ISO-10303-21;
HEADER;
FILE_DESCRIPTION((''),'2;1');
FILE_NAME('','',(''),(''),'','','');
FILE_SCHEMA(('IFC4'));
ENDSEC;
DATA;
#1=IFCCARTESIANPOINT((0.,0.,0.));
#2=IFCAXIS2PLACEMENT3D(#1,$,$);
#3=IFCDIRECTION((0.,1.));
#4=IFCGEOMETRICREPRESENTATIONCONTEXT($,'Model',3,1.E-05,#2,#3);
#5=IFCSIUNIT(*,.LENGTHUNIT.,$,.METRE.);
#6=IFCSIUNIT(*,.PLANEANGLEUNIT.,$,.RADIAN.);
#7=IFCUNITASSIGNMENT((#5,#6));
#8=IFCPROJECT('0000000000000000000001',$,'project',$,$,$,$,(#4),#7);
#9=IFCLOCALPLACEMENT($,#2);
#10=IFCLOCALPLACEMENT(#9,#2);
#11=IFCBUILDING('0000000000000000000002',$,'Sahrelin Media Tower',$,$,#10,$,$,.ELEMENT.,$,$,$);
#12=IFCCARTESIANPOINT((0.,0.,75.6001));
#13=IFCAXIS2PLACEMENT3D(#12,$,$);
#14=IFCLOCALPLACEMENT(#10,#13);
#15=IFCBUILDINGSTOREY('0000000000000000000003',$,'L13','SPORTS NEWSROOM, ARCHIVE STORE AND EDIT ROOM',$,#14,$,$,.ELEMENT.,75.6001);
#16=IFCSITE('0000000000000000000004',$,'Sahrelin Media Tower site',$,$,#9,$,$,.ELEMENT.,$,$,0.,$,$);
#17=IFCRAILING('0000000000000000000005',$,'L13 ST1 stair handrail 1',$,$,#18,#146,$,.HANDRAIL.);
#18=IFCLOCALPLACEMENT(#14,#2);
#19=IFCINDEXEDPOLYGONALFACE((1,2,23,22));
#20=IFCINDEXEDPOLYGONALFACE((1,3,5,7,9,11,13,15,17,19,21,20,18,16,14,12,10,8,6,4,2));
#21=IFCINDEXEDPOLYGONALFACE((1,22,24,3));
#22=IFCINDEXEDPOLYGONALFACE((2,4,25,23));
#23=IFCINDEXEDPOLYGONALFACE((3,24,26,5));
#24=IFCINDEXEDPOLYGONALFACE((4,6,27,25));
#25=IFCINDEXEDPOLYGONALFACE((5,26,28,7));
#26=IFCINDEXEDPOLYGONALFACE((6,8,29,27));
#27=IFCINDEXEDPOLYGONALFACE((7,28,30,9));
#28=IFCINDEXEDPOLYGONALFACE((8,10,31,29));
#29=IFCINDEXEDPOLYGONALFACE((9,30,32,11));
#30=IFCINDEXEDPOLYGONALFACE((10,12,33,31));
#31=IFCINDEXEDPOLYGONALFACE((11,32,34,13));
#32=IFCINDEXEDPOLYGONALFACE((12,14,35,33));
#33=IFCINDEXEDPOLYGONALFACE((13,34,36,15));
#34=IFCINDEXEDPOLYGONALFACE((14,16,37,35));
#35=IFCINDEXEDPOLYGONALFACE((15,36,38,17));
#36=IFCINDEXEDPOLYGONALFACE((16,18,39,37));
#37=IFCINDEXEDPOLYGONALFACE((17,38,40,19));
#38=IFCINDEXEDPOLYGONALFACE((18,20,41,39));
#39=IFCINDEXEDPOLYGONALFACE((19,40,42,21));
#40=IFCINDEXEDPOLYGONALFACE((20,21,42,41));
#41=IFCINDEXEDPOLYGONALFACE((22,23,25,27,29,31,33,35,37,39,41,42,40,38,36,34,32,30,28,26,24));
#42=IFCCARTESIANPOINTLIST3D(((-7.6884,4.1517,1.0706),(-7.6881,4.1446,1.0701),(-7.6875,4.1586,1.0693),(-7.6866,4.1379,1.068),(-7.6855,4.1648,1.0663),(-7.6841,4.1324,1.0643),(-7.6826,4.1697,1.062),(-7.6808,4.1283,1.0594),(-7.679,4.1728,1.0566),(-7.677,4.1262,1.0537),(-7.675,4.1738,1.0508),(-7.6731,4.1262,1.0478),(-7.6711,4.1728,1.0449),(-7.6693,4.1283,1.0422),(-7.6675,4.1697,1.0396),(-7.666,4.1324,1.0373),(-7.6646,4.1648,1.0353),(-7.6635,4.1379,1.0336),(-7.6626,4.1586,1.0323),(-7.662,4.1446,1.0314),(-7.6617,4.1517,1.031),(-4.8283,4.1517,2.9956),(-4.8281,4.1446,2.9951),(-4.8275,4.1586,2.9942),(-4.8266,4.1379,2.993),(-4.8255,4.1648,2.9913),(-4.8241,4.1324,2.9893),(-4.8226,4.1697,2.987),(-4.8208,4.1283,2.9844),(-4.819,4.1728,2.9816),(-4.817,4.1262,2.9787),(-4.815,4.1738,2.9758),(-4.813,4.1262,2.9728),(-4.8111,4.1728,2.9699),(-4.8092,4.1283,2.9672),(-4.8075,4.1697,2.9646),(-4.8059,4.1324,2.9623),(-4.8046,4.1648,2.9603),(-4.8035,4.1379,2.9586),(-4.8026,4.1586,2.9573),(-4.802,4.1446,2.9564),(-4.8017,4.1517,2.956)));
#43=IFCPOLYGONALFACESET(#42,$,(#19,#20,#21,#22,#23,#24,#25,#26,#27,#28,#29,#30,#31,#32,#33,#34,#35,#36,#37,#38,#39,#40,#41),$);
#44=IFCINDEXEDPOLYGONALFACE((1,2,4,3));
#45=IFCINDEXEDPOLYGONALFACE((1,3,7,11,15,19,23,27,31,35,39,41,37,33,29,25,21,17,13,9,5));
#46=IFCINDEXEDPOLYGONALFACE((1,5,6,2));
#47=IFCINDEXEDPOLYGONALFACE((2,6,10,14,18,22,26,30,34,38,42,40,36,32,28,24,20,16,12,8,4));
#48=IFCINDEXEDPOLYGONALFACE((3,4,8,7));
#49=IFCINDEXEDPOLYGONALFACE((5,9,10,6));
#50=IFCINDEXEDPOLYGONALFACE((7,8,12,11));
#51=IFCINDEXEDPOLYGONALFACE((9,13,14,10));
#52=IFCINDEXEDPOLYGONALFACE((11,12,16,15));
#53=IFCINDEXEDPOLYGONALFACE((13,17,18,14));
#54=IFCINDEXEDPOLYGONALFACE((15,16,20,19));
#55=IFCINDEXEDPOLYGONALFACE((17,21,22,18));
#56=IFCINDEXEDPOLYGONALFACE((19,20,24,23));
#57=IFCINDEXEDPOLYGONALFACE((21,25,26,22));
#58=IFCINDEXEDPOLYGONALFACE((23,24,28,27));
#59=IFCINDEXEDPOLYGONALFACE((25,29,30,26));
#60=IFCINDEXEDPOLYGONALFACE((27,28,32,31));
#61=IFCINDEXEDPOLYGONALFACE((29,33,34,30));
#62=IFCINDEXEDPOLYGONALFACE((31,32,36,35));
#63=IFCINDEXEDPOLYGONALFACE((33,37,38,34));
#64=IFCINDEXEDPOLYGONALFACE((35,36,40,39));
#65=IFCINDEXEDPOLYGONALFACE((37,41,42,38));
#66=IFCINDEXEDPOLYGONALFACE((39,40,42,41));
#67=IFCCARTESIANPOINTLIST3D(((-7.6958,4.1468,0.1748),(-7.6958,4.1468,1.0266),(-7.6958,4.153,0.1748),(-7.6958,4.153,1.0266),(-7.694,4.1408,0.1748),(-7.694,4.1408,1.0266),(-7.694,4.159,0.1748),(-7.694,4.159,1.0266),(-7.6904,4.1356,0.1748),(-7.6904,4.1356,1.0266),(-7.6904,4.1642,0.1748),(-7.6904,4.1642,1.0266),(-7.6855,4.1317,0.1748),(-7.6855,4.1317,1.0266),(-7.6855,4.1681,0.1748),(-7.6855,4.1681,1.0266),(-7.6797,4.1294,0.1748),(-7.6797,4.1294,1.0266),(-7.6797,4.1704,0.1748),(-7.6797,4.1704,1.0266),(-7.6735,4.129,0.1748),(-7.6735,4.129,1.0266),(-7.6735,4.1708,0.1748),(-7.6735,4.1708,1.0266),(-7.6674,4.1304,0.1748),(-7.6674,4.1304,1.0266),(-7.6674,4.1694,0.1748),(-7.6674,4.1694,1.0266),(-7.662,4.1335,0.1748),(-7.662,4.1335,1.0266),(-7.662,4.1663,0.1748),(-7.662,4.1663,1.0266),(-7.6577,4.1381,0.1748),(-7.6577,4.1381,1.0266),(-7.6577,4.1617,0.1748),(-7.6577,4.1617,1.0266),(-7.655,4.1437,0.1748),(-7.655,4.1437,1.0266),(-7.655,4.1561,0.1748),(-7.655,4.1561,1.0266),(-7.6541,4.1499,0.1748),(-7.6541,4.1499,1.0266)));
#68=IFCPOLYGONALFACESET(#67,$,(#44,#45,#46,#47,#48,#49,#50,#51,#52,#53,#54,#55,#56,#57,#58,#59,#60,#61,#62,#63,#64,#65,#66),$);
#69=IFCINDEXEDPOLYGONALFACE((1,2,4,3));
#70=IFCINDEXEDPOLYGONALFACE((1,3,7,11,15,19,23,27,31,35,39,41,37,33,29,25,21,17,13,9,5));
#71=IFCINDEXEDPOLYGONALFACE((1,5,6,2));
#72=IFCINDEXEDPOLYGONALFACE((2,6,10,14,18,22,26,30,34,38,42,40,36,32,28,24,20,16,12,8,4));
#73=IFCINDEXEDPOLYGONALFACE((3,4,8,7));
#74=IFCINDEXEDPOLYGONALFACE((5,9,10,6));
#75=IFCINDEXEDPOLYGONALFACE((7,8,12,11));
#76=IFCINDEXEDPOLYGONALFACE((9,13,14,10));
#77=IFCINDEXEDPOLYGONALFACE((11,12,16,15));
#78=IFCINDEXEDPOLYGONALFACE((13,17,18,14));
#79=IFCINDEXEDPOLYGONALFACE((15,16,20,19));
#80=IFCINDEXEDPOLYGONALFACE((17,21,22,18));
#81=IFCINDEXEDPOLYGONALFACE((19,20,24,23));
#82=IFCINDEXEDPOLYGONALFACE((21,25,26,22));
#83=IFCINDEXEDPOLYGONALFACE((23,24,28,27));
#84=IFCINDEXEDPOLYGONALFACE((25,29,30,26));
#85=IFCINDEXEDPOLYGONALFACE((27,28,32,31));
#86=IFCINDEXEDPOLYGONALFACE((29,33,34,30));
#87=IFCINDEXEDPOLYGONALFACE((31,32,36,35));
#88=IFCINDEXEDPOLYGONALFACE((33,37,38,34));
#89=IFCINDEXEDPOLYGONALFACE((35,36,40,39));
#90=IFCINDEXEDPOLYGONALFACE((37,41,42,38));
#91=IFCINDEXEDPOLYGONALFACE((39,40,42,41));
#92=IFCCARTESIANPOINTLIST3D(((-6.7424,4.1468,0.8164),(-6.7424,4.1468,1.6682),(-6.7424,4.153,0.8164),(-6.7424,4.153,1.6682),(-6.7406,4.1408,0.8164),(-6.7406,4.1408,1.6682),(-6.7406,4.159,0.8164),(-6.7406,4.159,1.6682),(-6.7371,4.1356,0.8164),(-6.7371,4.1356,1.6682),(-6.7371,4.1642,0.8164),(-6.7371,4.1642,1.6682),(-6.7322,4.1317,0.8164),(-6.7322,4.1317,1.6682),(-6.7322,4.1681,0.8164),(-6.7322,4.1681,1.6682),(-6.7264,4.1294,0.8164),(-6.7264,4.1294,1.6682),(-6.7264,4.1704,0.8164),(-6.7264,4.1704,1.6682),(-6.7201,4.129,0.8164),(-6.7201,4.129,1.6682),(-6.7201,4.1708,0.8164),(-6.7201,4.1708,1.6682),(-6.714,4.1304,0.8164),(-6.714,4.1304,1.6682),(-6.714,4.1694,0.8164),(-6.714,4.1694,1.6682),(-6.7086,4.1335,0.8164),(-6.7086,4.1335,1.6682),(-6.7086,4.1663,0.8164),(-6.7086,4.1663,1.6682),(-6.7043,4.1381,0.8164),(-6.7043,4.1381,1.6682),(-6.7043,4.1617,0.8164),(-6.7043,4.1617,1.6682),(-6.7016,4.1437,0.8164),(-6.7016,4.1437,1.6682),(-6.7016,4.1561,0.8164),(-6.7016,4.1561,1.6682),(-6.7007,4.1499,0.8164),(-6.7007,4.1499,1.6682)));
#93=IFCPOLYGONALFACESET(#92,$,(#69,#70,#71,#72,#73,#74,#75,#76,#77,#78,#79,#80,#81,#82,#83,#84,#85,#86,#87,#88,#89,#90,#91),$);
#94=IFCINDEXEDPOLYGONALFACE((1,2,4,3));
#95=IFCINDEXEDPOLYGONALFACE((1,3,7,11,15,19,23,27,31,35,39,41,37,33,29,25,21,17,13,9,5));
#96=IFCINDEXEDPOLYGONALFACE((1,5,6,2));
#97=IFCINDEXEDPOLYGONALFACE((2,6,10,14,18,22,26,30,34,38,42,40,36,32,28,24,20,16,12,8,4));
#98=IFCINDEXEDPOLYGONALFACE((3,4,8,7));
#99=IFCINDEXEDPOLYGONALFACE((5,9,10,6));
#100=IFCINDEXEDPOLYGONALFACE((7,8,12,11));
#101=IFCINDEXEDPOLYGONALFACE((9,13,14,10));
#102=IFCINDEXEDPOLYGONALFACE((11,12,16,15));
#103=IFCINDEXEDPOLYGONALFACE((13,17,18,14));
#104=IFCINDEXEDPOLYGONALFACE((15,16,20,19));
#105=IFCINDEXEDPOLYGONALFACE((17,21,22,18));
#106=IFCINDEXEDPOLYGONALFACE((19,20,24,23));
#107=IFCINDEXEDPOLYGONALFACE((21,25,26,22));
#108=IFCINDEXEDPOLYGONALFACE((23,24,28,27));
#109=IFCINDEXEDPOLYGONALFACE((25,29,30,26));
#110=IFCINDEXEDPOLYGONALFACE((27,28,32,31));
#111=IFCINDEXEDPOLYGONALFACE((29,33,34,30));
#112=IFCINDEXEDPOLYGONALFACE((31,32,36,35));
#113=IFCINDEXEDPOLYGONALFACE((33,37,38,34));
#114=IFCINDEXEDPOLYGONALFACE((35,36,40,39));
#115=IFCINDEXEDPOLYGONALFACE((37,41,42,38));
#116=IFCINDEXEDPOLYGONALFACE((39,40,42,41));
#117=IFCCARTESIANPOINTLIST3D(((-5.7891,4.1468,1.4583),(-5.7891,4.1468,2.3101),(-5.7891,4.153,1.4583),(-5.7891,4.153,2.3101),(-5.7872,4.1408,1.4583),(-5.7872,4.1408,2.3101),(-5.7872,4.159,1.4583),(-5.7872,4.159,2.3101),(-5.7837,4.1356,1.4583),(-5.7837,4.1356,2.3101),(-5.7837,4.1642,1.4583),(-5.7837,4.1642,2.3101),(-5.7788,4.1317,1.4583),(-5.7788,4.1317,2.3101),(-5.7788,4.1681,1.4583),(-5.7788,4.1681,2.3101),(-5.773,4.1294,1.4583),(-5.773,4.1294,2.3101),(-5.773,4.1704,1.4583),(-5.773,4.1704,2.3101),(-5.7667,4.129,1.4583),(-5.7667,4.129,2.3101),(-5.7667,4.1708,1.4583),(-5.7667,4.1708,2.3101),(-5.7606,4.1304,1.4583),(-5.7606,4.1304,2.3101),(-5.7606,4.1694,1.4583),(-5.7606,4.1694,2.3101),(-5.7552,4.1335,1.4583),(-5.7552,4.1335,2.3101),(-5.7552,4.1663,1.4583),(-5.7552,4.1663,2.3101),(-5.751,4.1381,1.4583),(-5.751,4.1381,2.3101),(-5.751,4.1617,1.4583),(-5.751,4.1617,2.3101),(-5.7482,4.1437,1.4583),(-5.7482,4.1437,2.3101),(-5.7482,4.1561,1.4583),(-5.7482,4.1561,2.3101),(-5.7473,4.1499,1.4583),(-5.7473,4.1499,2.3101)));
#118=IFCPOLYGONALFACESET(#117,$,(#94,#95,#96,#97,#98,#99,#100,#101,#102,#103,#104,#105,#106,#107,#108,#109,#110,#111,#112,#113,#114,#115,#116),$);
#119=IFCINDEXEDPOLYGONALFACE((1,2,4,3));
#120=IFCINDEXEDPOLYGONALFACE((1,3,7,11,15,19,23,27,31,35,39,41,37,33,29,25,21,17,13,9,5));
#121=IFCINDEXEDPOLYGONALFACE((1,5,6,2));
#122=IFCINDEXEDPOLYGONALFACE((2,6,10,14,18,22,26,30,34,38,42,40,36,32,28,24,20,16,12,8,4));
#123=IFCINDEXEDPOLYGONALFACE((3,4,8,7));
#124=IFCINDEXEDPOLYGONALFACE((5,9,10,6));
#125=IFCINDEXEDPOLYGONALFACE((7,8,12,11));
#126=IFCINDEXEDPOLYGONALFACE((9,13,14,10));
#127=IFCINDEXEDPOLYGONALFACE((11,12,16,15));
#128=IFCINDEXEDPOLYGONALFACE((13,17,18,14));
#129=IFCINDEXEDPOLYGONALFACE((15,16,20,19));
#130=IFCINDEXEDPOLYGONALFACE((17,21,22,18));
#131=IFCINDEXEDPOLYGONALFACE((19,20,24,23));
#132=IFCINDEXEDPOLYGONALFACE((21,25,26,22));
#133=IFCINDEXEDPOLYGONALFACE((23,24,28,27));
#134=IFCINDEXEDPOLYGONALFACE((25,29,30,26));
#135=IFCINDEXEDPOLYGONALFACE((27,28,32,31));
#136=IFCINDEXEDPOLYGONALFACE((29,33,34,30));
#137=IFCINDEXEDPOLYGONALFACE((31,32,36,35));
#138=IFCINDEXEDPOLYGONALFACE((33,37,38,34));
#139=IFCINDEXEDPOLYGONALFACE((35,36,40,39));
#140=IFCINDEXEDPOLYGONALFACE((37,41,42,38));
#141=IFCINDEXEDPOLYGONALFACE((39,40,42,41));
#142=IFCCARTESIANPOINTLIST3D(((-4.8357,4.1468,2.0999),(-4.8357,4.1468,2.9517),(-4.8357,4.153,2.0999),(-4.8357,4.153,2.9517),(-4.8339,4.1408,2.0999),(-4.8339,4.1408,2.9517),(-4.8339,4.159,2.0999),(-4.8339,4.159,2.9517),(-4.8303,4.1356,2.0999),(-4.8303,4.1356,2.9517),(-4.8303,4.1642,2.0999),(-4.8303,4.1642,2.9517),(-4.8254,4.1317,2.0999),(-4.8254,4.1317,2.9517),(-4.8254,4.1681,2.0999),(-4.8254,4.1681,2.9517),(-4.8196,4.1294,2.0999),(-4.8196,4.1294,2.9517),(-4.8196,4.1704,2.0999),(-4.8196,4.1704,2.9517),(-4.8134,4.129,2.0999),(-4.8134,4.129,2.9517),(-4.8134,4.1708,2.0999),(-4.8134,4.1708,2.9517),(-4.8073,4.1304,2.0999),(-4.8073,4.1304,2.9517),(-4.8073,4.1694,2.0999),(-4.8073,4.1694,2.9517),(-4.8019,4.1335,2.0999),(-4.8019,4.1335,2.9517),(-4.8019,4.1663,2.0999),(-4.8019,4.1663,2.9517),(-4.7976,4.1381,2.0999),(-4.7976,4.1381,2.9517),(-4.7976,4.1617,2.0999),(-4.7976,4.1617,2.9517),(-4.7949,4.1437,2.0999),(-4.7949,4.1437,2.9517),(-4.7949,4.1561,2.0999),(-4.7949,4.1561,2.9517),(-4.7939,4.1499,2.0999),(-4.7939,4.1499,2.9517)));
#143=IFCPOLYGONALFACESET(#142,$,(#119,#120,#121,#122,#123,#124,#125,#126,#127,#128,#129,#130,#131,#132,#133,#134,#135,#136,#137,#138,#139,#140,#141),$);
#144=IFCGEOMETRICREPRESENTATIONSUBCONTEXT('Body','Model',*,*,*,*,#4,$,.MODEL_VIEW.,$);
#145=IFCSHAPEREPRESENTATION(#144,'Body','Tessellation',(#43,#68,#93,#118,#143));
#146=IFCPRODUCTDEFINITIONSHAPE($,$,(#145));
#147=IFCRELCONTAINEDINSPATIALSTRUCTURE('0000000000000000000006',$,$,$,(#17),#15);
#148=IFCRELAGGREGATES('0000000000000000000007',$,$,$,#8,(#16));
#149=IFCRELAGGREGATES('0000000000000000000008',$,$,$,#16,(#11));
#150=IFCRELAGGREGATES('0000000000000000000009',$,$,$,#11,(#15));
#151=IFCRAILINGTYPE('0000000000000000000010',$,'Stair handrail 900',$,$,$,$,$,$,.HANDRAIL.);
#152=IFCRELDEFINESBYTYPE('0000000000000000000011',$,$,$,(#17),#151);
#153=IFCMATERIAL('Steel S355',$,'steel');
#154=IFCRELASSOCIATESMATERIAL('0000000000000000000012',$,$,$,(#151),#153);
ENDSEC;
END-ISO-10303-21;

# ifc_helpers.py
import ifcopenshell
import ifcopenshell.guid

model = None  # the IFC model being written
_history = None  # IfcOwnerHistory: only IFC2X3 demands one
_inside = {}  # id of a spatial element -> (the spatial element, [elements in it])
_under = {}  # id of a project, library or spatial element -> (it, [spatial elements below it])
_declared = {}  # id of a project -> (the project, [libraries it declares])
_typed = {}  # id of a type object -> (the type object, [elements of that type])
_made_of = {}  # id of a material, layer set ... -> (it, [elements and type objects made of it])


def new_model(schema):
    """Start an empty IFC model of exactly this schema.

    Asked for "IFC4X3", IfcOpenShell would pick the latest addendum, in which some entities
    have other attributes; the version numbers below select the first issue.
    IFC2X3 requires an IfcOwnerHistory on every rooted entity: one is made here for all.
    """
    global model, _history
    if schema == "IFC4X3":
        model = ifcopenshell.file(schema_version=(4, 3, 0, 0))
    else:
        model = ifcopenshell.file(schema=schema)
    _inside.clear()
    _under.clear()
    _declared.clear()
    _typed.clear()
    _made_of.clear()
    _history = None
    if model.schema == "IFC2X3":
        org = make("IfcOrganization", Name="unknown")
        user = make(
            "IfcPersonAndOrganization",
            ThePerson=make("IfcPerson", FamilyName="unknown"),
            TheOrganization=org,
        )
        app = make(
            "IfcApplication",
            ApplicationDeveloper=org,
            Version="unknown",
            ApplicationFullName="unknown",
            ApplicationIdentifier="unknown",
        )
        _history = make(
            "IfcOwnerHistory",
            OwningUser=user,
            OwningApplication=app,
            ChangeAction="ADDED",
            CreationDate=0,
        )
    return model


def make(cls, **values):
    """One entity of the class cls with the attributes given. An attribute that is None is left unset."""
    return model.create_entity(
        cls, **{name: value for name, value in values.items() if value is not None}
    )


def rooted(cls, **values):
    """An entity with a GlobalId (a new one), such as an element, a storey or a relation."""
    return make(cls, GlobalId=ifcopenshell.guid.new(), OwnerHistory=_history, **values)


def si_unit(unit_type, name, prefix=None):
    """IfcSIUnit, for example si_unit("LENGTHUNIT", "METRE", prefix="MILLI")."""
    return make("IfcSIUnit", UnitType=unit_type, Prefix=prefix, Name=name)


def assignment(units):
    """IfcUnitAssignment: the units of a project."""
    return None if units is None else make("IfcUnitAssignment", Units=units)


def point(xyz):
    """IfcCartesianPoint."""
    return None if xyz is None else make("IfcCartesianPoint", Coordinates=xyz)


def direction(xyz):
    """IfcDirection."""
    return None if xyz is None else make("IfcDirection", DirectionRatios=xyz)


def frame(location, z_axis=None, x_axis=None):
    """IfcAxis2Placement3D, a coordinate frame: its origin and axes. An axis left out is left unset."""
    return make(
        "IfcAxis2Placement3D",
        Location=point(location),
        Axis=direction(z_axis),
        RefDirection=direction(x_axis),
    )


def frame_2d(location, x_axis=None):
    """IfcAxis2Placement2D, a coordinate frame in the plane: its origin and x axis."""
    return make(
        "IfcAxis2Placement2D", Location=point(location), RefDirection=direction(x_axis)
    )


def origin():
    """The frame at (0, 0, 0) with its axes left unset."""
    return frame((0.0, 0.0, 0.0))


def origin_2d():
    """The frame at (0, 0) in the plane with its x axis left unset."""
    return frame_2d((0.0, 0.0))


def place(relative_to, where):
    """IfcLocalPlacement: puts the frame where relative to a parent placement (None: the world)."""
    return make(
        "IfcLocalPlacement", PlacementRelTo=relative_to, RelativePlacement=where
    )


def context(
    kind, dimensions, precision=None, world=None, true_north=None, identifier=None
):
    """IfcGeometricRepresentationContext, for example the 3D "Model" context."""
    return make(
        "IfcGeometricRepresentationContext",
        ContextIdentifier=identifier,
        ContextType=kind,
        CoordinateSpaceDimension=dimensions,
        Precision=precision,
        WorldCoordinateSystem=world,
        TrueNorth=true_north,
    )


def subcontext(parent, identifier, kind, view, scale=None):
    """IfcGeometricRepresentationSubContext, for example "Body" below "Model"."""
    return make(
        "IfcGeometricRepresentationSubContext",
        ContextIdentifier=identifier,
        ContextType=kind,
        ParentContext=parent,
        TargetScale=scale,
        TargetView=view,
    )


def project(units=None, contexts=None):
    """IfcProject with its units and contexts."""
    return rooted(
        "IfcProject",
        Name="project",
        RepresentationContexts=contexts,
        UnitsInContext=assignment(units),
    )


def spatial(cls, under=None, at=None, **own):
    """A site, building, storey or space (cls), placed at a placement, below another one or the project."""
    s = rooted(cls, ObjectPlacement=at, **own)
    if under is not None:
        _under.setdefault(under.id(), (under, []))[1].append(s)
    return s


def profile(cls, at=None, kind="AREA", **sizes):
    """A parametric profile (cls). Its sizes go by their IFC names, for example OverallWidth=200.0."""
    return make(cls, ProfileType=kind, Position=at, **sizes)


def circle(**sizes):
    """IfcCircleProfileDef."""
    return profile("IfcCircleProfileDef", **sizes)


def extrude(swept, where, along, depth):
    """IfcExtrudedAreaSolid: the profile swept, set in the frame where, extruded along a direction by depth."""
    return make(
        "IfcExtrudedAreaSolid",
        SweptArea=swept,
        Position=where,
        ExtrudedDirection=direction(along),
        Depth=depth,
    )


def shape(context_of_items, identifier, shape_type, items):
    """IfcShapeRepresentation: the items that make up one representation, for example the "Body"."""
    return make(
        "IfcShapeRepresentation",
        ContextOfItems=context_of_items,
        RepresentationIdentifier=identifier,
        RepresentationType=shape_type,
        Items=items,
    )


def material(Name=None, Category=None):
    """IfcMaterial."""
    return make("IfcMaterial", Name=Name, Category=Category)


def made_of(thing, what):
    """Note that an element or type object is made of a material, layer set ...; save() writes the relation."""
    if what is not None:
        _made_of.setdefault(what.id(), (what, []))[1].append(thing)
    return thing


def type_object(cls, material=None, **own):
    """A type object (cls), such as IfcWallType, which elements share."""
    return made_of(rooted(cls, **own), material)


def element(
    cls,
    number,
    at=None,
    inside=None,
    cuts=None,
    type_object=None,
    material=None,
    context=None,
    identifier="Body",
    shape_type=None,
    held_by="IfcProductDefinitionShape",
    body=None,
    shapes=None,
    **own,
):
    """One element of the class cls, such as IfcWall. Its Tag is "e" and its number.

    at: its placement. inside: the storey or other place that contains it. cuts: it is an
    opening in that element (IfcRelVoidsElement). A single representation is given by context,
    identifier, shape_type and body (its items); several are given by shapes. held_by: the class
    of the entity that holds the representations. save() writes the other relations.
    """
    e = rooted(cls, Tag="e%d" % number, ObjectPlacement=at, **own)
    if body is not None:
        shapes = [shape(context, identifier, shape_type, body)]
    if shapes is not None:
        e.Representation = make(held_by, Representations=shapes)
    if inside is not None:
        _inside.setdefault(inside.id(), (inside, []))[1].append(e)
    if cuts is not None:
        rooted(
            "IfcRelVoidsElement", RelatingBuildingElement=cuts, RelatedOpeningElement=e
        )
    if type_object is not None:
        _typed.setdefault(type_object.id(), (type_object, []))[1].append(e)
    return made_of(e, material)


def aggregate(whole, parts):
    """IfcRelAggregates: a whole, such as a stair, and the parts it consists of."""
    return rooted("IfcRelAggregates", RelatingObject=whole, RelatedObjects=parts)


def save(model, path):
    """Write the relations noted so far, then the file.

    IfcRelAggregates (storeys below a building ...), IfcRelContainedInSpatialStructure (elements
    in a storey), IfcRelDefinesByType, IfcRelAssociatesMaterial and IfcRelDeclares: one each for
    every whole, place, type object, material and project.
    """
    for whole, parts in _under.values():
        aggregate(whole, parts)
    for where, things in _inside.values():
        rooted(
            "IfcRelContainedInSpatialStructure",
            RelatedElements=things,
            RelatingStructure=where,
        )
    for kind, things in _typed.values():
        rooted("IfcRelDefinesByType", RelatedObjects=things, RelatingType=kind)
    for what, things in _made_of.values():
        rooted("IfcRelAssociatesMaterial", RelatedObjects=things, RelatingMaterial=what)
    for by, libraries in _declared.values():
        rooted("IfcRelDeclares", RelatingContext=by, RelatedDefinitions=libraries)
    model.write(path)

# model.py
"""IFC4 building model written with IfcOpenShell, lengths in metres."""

from ifc_helpers import new_model, si_unit, direction, frame, origin, origin_2d, place, context, subcontext, project, spatial, circle, extrude, material, type_object, element, save


model = new_model("IFC4")

# Units and contexts
model_context = context("Model", 3, precision=1e-05, world=origin(), true_north=direction((0.0, 1.0)))
body_context = subcontext(model_context, "Body", "Model", "MODEL_VIEW")
ifc_project = project(units=[si_unit("LENGTHUNIT", "METRE"), si_unit("PLANEANGLEUNIT", "RADIAN")], contexts=[model_context])

# Site, building, storey
site_placement = place(None, origin())
site = spatial("IfcSite", under=ifc_project, at=site_placement, Name="Sahrelin Media Tower site", CompositionType="ELEMENT", RefElevation=0.0)
building_placement = place(site_placement, origin())
building = spatial("IfcBuilding", under=site, at=building_placement, Name="Sahrelin Media Tower", CompositionType="ELEMENT")
storey_placement = place(building_placement, frame((0.0, 0.0, 75.6001)))
storey = spatial("IfcBuildingStorey", under=building, at=storey_placement, Name="L13", Description="SPORTS NEWSROOM, ARCHIVE STORE AND EDIT ROOM", CompositionType="ELEMENT", Elevation=75.6001)

# Shared definitions
ifc_material_1 = material(Name="Steel S355", Category="steel")

# Railing
railing_type_1 = type_object("IfcRailingType", Name="Stair handrail 900", PredefinedType="HANDRAIL", material=ifc_material_1)
railing_1_placement = place(storey_placement, frame((-7.675, 4.1499, 0.1748)))
element("IfcRailing", 1, at=railing_1_placement, inside=storey, type_object=railing_type_1, Name="L13 ST1 stair handrail 1", PredefinedType="HANDRAIL", context=body_context, shape_type="SweptSolid", body=[
    extrude(circle(Radius=0.0239, at=origin_2d()), frame((0.0, 0.0, 0.876), z_axis=(0.829591, 0.0, 0.558372), x_axis=(0.0, 1.0, 0.0)), (0.0, 0.0, 1.0), 3.4475),
    extrude(circle(Radius=0.021, at=origin_2d()), origin(), (0.0, 0.0, 1.0), 0.8518),
    extrude(circle(Radius=0.021, at=origin_2d()), frame((0.9534, 0.0, 0.6416)), (0.0, 0.0, 1.0), 0.8518),
    extrude(circle(Radius=0.021, at=origin_2d()), frame((1.9067, 0.0, 1.2834)), (0.0, 0.0, 1.0), 0.8518),
    extrude(circle(Radius=0.021, at=origin_2d()), frame((2.8601, 0.0, 1.925)), (0.0, 0.0, 1.0), 0.8518),
])

save(model, "model.ifc")
